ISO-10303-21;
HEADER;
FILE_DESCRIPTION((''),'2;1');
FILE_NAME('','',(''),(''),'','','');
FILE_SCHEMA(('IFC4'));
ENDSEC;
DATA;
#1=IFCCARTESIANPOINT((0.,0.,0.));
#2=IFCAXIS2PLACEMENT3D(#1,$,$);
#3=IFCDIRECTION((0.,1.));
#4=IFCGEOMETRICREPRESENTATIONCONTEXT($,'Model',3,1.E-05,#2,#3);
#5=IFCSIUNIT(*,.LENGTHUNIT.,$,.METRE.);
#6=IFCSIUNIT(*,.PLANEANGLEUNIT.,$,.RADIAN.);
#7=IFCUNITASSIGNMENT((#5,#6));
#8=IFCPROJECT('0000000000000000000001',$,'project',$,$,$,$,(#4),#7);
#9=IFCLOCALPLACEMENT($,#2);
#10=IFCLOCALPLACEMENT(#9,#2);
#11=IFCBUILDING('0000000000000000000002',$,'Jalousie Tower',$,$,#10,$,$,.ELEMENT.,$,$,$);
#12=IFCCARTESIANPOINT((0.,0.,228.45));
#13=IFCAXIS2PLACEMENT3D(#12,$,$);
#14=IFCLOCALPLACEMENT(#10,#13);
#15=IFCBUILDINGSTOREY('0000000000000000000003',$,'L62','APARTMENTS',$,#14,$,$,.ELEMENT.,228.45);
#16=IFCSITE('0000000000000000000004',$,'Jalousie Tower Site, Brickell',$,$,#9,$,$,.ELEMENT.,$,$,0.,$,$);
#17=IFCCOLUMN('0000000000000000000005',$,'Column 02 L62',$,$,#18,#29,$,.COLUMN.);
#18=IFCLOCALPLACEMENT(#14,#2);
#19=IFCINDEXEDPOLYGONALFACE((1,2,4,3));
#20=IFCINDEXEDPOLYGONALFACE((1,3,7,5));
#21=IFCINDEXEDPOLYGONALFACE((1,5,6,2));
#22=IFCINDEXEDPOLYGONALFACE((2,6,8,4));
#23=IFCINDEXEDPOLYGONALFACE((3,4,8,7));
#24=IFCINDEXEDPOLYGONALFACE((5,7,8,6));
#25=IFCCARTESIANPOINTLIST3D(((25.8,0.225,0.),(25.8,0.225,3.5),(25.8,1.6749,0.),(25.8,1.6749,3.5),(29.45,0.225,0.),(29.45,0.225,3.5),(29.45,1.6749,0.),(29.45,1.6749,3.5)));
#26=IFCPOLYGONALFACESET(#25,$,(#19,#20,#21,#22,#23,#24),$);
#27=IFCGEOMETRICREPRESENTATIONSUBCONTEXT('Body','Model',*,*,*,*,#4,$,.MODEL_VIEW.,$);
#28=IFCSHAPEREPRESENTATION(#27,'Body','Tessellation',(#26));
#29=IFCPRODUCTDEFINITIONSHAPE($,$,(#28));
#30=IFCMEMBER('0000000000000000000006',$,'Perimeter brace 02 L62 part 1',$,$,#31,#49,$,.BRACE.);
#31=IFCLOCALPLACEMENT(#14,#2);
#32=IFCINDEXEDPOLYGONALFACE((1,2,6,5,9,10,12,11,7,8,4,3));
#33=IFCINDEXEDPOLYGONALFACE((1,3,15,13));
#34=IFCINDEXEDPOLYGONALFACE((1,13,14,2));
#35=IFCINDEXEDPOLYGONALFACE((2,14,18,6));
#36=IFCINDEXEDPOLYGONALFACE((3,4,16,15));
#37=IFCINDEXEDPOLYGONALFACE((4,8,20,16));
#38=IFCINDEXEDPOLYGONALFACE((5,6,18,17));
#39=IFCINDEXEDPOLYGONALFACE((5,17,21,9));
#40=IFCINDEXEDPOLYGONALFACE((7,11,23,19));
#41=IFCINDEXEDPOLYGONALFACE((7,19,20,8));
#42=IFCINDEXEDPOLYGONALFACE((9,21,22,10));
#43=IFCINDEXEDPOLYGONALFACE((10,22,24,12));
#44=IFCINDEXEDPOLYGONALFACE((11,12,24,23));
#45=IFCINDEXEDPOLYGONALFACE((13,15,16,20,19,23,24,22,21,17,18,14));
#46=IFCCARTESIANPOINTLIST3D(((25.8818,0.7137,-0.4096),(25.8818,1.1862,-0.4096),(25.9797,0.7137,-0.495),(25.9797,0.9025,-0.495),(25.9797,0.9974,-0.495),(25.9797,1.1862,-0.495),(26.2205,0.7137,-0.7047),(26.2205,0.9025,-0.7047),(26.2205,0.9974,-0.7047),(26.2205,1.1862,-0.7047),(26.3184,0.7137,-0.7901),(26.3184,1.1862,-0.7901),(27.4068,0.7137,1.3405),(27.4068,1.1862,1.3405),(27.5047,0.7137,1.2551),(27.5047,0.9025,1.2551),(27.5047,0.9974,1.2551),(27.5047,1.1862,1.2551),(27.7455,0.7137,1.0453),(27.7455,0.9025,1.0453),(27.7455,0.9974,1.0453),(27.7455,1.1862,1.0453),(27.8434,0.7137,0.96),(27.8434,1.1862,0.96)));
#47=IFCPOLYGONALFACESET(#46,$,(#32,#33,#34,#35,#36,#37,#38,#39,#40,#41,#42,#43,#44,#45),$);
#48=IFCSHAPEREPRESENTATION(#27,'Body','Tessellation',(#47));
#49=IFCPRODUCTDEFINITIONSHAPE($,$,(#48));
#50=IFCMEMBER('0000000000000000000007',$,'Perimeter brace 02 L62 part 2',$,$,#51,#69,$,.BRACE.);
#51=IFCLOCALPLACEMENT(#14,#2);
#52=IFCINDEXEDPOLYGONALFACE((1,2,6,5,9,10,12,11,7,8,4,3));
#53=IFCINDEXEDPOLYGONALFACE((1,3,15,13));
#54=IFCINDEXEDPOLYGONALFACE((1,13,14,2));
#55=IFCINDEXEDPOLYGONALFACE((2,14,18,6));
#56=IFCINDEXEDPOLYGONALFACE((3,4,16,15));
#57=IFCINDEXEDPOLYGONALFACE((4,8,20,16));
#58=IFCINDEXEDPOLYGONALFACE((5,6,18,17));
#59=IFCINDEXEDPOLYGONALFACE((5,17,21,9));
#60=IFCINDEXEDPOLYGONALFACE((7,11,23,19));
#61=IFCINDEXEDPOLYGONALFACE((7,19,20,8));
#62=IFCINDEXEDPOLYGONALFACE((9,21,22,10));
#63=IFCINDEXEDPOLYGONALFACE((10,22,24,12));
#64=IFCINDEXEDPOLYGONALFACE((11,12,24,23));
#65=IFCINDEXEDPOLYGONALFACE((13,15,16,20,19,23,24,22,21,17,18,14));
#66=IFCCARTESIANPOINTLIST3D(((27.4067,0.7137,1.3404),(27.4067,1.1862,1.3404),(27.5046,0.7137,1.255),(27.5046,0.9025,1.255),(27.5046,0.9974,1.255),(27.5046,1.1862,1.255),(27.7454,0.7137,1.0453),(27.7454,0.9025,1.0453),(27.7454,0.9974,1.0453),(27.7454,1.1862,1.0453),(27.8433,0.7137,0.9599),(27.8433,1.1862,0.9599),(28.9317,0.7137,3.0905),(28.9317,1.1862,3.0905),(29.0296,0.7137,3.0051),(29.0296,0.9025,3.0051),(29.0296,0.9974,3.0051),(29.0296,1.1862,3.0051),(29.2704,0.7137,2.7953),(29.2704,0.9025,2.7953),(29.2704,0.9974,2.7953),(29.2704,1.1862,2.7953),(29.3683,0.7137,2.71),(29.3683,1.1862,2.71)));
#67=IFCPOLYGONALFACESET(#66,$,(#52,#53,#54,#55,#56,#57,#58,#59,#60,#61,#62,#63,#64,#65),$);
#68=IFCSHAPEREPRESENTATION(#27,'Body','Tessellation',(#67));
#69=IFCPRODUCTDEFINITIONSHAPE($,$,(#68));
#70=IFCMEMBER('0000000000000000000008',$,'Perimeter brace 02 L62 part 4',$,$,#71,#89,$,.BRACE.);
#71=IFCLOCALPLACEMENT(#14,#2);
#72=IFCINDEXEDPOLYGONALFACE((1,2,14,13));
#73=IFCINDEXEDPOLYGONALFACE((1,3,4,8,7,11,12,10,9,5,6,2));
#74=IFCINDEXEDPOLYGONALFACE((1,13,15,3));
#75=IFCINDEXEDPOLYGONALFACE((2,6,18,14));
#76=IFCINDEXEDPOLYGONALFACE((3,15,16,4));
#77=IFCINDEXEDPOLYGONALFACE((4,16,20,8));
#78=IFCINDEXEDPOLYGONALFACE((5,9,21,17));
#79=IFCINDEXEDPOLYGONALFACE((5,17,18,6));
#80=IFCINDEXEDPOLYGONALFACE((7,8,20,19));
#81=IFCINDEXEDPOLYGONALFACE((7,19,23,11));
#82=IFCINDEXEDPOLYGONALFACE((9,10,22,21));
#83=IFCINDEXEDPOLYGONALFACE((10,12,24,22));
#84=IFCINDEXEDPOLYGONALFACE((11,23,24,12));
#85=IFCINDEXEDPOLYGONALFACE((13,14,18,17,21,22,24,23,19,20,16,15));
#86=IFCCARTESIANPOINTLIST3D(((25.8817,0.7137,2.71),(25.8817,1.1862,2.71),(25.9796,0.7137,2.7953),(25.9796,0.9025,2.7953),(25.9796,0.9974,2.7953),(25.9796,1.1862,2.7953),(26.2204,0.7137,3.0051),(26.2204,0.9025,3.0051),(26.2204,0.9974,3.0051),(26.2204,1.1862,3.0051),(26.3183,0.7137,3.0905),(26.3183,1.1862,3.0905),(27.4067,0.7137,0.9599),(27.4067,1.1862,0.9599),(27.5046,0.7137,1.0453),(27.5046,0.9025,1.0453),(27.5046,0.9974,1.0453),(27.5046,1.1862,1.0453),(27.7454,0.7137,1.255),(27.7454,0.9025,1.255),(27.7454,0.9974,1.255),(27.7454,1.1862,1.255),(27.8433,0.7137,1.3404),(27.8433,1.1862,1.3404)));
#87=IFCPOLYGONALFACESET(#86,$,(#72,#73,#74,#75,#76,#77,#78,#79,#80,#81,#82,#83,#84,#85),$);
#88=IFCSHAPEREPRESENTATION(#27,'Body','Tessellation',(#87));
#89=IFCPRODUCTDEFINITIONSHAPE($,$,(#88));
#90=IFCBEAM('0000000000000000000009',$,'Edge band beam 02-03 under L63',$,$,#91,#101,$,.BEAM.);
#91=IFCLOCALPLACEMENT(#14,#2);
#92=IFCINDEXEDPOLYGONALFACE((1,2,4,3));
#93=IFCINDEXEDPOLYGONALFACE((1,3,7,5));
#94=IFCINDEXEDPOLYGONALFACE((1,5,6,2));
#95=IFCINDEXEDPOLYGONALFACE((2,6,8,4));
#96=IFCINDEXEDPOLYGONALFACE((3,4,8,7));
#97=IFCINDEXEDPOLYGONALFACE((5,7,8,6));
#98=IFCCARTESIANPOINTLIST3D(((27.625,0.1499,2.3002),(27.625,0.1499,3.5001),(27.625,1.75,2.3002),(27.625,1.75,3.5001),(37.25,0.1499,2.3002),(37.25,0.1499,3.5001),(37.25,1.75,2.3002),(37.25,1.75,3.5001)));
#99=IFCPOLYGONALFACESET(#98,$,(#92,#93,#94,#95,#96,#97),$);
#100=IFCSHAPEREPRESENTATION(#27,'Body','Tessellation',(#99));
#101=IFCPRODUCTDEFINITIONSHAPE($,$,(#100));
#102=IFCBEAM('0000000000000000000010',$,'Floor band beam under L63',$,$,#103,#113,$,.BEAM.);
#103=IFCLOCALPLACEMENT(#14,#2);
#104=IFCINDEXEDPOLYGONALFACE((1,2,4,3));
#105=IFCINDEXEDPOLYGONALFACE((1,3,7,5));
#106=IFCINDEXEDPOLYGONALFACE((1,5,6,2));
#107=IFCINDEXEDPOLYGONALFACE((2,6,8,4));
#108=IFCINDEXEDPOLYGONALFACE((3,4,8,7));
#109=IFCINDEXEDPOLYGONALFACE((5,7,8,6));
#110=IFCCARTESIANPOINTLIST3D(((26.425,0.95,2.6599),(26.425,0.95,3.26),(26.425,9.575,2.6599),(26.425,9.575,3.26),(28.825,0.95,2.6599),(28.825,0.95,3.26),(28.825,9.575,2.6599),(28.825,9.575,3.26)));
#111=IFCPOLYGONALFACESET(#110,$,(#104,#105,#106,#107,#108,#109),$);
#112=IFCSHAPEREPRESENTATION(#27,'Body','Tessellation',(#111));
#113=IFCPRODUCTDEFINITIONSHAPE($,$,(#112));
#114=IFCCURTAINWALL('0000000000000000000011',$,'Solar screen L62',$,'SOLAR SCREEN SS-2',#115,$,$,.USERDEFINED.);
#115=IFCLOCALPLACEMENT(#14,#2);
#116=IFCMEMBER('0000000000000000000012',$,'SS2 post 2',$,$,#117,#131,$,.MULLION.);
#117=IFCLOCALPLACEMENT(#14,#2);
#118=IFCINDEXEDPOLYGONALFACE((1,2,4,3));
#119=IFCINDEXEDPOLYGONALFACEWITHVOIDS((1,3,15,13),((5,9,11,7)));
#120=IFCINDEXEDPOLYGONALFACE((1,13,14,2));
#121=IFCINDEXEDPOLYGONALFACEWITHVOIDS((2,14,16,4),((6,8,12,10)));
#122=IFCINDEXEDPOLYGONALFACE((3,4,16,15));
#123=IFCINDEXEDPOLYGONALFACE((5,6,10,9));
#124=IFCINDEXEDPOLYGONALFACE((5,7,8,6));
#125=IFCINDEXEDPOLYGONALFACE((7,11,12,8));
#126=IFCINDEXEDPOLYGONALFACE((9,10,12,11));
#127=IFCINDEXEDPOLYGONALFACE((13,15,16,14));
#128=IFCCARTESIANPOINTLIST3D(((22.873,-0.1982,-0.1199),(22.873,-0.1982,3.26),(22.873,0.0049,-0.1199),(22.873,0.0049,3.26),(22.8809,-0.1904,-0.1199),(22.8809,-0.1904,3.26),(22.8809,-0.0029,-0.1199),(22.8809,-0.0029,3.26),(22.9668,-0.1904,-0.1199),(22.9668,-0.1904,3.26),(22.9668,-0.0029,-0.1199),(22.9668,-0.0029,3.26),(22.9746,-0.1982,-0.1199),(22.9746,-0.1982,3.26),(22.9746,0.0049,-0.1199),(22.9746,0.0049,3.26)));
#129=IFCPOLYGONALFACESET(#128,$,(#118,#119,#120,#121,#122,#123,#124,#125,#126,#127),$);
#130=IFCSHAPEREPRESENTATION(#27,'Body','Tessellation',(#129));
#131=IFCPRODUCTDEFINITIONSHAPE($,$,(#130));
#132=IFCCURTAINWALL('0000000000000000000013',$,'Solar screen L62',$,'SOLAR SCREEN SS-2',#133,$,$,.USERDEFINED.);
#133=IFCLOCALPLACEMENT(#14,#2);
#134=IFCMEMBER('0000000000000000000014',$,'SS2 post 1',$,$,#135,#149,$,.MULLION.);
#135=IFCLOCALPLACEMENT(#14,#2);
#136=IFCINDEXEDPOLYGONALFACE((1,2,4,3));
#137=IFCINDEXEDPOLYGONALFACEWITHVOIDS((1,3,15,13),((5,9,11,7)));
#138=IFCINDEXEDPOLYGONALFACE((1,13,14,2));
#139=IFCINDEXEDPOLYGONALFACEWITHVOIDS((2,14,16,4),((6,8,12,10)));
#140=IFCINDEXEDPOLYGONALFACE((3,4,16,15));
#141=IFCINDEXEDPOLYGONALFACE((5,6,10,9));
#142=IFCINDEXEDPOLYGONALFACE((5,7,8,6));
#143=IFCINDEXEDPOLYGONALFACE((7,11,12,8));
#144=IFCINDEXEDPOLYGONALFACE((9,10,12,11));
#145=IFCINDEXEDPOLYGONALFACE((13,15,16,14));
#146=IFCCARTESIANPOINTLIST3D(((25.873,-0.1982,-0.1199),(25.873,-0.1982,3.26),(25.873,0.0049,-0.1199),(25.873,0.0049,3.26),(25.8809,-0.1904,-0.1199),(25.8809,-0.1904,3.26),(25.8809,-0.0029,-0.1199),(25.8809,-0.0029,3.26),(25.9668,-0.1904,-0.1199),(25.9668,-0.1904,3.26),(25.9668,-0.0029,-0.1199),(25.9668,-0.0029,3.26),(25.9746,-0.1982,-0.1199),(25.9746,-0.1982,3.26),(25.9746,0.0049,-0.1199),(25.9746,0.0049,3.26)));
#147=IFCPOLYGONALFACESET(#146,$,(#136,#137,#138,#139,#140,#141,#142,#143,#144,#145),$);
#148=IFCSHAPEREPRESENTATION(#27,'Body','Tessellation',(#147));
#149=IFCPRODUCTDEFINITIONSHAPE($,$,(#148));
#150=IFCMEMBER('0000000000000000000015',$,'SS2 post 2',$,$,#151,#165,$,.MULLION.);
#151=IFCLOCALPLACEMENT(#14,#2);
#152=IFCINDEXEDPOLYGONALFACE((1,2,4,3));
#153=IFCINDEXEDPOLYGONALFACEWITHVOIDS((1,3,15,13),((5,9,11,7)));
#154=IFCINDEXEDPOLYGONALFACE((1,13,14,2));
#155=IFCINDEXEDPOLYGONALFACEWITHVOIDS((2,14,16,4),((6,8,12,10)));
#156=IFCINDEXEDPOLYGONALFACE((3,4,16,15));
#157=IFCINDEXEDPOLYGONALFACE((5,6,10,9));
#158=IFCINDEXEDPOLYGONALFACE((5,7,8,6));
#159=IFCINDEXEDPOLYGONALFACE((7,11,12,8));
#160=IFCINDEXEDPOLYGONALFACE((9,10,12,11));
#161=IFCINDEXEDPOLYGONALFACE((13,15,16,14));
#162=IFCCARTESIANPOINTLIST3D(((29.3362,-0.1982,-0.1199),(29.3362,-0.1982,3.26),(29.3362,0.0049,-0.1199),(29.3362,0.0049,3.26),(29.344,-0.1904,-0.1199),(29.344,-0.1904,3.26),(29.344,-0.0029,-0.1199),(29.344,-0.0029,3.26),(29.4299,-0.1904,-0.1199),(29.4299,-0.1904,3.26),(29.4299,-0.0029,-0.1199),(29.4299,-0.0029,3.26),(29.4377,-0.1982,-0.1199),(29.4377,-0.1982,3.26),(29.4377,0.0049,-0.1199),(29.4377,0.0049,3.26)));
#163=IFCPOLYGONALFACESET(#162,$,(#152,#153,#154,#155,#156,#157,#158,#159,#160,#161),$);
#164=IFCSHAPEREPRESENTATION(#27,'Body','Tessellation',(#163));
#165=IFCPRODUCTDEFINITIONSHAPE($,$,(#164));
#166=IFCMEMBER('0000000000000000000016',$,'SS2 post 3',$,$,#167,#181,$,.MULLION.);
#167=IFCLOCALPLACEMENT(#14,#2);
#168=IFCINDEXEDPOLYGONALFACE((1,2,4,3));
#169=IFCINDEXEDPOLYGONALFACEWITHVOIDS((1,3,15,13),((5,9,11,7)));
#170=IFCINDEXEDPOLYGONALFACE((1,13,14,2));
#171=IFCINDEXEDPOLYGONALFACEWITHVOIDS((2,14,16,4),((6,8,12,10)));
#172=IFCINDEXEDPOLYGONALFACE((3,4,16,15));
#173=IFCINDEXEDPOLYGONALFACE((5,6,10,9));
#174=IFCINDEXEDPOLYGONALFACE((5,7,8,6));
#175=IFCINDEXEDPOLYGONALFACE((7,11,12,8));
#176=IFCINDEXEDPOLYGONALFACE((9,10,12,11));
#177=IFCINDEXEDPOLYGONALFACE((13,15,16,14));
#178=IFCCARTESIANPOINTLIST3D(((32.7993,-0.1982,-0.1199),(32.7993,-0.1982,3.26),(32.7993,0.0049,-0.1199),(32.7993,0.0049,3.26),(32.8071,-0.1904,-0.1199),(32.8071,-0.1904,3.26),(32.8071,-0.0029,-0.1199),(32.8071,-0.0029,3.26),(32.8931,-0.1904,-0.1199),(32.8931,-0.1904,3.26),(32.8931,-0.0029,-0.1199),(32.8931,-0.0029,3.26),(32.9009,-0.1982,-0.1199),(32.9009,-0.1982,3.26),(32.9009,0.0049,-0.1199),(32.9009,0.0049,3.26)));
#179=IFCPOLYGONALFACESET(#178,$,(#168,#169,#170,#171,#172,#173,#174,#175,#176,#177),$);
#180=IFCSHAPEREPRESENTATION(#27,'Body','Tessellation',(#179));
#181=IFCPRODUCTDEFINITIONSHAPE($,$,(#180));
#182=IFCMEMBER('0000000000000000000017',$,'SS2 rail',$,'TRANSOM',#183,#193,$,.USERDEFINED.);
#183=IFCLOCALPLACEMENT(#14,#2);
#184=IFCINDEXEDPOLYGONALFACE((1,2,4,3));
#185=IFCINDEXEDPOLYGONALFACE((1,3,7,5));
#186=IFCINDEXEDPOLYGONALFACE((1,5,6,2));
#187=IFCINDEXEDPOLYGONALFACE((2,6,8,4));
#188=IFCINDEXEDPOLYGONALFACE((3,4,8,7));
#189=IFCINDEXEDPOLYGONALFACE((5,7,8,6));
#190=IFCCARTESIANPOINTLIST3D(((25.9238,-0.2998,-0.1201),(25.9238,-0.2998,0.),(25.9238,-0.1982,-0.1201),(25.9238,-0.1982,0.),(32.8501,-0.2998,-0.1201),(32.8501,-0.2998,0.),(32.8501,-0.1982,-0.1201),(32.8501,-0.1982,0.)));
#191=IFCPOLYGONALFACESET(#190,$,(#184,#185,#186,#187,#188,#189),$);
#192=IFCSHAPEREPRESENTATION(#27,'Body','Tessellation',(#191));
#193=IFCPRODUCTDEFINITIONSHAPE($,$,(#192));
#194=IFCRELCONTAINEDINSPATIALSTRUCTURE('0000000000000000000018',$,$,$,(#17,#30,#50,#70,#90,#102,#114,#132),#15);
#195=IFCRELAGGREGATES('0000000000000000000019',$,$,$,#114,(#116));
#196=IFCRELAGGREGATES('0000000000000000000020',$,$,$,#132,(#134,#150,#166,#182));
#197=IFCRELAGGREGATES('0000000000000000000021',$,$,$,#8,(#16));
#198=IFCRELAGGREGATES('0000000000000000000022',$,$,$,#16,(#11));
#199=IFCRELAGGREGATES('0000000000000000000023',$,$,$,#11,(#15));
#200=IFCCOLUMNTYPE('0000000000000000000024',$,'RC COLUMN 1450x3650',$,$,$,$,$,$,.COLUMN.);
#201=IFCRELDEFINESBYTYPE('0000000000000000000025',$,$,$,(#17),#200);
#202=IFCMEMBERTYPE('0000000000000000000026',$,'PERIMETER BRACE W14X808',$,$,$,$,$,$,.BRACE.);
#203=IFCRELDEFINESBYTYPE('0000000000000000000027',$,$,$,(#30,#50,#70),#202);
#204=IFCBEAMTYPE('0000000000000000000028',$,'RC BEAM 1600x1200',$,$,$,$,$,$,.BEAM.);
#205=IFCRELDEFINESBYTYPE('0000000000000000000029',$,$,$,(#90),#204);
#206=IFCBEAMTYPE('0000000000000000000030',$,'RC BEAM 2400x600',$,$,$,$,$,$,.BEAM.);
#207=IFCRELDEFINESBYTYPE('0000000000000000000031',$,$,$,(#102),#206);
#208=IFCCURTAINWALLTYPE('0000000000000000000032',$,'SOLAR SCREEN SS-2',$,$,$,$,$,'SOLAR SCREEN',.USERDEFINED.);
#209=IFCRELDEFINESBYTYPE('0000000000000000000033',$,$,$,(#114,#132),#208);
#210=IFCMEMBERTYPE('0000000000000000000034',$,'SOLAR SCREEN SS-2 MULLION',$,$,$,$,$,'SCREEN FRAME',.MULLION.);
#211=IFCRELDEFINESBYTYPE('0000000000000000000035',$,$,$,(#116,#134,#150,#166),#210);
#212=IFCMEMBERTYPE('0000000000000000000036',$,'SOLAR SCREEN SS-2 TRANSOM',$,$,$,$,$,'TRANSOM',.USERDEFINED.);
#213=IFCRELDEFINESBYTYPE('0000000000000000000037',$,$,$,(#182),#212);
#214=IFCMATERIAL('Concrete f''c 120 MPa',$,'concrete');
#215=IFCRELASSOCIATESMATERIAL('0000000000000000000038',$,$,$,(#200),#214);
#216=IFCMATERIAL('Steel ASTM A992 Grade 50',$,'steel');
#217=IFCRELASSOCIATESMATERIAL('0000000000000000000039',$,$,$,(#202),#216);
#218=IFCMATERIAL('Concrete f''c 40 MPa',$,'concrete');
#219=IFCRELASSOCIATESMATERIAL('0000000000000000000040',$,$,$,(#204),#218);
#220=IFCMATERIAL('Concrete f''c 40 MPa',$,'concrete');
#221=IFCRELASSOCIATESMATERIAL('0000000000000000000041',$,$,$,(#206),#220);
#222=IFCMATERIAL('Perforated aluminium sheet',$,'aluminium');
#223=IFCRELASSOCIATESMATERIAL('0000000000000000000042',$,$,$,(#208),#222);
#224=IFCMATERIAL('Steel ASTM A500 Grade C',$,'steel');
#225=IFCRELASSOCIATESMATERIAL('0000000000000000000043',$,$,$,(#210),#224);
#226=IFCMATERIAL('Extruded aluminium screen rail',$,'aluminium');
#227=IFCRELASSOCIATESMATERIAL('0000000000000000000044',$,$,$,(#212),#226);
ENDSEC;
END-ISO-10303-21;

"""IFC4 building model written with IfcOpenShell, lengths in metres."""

from ifc_helpers import new_model, si_unit, direction, frame, origin, origin_2d, place, context, subcontext, project, spatial, rectangle, hollow_rectangle, i_section, extrude, material, material_profile, profile_set, type_object, element, aggregate, save


model = new_model("IFC4")

# Units and contexts
model_context = context("Model", 3, precision=1e-05, world=origin(), true_north=direction((0.0, 1.0)))
body_context = subcontext(model_context, "Body", "Model", "MODEL_VIEW")
ifc_project = project(units=[si_unit("LENGTHUNIT", "METRE"), si_unit("PLANEANGLEUNIT", "RADIAN")], contexts=[model_context])

# Site, building, storey
site_placement = place(None, origin())
site = spatial("IfcSite", under=ifc_project, at=site_placement, Name="Jalousie Tower Site, Brickell", CompositionType="ELEMENT", RefElevation=0.0)
building_placement = place(site_placement, origin())
building = spatial("IfcBuilding", under=site, at=building_placement, Name="Jalousie Tower", CompositionType="ELEMENT")
storey_placement = place(building_placement, frame((0.0, 0.0, 228.45)))
storey = spatial("IfcBuildingStorey", under=building, at=storey_placement, Name="L62", Description="APARTMENTS", CompositionType="ELEMENT", Elevation=228.45)

# Column
ifc_material_1 = material(Name="Concrete f'c 120 MPa", Category="concrete")
ifc_material_profile_1 = material_profile(ifc_material_1, rectangle(XDim=1.45, YDim=3.6499, at=origin_2d()), Name="RC 1450x3650")
ifc_profile_set_1 = profile_set([ifc_material_profile_1], Name="Concrete f'c 120 MPa")
column_type = type_object("IfcColumnType", Name="RC COLUMN 1450x3650", PredefinedType="COLUMN", material=ifc_profile_set_1)
column_placement = place(storey_placement, frame((27.625, 0.95, 0.0), z_axis=(0.0, 0.0, 1.0), x_axis=(0.0, 1.0, 0.0)))
element("IfcColumn", 1, at=column_placement, inside=storey, type_object=column_type, Name="Column 02 L62", PredefinedType="COLUMN", context=body_context, shape_type="SweptSolid", body=[
    extrude(rectangle(XDim=1.45, YDim=3.6499, at=origin_2d()), origin(), (0.0, 0.0, 1.0), 3.5),
])

# Members
ifc_material_2 = material(Name="Steel ASTM A992 Grade 50", Category="steel")
ifc_material_profile_2 = material_profile(ifc_material_2, i_section(OverallWidth=0.4724, OverallDepth=0.5791, WebThickness=0.095, FlangeThickness=0.1299, at=origin_2d()), Name="W14X808")
ifc_profile_set_2 = profile_set([ifc_material_profile_2], Name="Steel ASTM A992 Grade 50")
member_type_1 = type_object("IfcMemberType", Name="PERIMETER BRACE W14X808", PredefinedType="BRACE", material=ifc_profile_set_2)
for number, where, z_axis, x_axis, name in (
    (2, (26.1001, 0.95, -0.5999), (0.656954, 0.0, 0.75393), (0.0, 1.0, 0.0), "Perimeter brace 02 L62 part 1"),
    (3, (27.625, 0.95, 1.1501), (0.656954, 0.0, 0.75393), (0.0, 1.0, 0.0), "Perimeter brace 02 L62 part 2"),
    (4, (27.625, 0.95, 1.1501), (-0.656954, 0.0, 0.75393), (0.0, -1.0, 0.0), "Perimeter brace 02 L62 part 4"),
):
    element("IfcMember", number, at=place(storey_placement, frame(where, z_axis=z_axis, x_axis=x_axis)), inside=storey, type_object=member_type_1, Name=name, PredefinedType="BRACE", context=body_context, shape_type="SweptSolid", body=[
        extrude(i_section(OverallWidth=0.4724, OverallDepth=0.5791, WebThickness=0.095, FlangeThickness=0.1299, at=origin_2d()), origin(), (0.0, 0.0, 1.0), 2.3213),
    ])

# Beams
ifc_material_3 = material(Name="Concrete f'c 40 MPa", Category="concrete")
ifc_material_profile_3 = material_profile(ifc_material_3, rectangle(XDim=1.6001, YDim=1.2, at=origin_2d()), Name="RC 1600x1200")
ifc_profile_set_3 = profile_set([ifc_material_profile_3], Name="Concrete f'c 40 MPa")
beam_type_1 = type_object("IfcBeamType", Name="RC BEAM 1600x1200", PredefinedType="BEAM", material=ifc_profile_set_3)
beam_1_placement = place(storey_placement, frame((27.625, 0.95, 2.9001), z_axis=(1.0, 0.0, 0.0), x_axis=(0.0, 1.0, 0.0)))
element("IfcBeam", 5, at=beam_1_placement, inside=storey, type_object=beam_type_1, Name="Edge band beam 02-03 under L63", PredefinedType="BEAM", context=body_context, shape_type="SweptSolid", body=[
    extrude(rectangle(XDim=1.6001, YDim=1.2, at=origin_2d()), origin(), (0.0, 0.0, 1.0), 9.625),
])
ifc_material_4 = material(Name="Concrete f'c 40 MPa", Category="concrete")
ifc_material_profile_4 = material_profile(ifc_material_4, rectangle(XDim=2.3999, YDim=0.6001, at=origin_2d()), Name="RC 2400x600")
ifc_profile_set_4 = profile_set([ifc_material_profile_4], Name="Concrete f'c 40 MPa")
beam_type_2 = type_object("IfcBeamType", Name="RC BEAM 2400x600", PredefinedType="BEAM", material=ifc_profile_set_4)
beam_2_placement = place(storey_placement, frame((27.625, 0.95, 2.96), z_axis=(0.0, 1.0, 0.0), x_axis=(-1.0, 0.0, 0.0)))
element("IfcBeam", 6, at=beam_2_placement, inside=storey, type_object=beam_type_2, Name="Floor band beam under L63", PredefinedType="BEAM", context=body_context, shape_type="SweptSolid", body=[
    extrude(rectangle(XDim=2.3999, YDim=0.6001, at=origin_2d()), origin(), (0.0, 0.0, 1.0), 8.625),
])

# Curtain wall, member
ifc_material_5 = material(Name="Perforated aluminium sheet", Category="aluminium")
curtain_wall_type = type_object("IfcCurtainWallType", Name="SOLAR SCREEN SS-2", ElementType="SOLAR SCREEN", PredefinedType="USERDEFINED", material=ifc_material_5)
curtain_wall_1_placement = place(storey_placement, origin())
curtain_wall_1 = element("IfcCurtainWall", 7, at=curtain_wall_1_placement, inside=storey, type_object=curtain_wall_type, Name="Solar screen L62", ObjectType="SOLAR SCREEN SS-2", PredefinedType="USERDEFINED")
ifc_material_6 = material(Name="Steel ASTM A500 Grade C", Category="steel")
ifc_material_profile_5 = material_profile(ifc_material_6, hollow_rectangle(XDim=0.1016, YDim=0.2031, WallThickness=0.0078, at=origin_2d()), Name="HSS8X4X5/16")
ifc_profile_set_5 = profile_set([ifc_material_profile_5], Name="Steel ASTM A500 Grade C")
member_type_2 = type_object("IfcMemberType", Name="SOLAR SCREEN SS-2 MULLION", ElementType="SCREEN FRAME", PredefinedType="MULLION", material=ifc_profile_set_5)
member_1_placement = place(storey_placement, frame((22.9238, -0.0967, -0.1199), z_axis=(0.0, 0.0, 1.0), x_axis=(1.0, 0.0, 0.0)))
member_1 = element("IfcMember", 8, at=member_1_placement, type_object=member_type_2, Name="SS2 post 2", PredefinedType="MULLION", context=body_context, shape_type="SweptSolid", body=[
    extrude(hollow_rectangle(XDim=0.1016, YDim=0.2031, WallThickness=0.0078, at=origin_2d()), origin(), (0.0, 0.0, 1.0), 3.3799),
])
aggregate(curtain_wall_1, [member_1])

# Curtain wall, members
curtain_wall_2_placement = place(storey_placement, origin())
curtain_wall_2 = element("IfcCurtainWall", 9, at=curtain_wall_2_placement, inside=storey, type_object=curtain_wall_type, Name="Solar screen L62", ObjectType="SOLAR SCREEN SS-2", PredefinedType="USERDEFINED")
member_2_placement = place(storey_placement, frame((25.9238, -0.0967, -0.1199), z_axis=(0.0, 0.0, 1.0), x_axis=(1.0, 0.0, 0.0)))
member_2 = element("IfcMember", 10, at=member_2_placement, type_object=member_type_2, Name="SS2 post 1", PredefinedType="MULLION", context=body_context, shape_type="SweptSolid", body=[
    extrude(hollow_rectangle(XDim=0.1016, YDim=0.2031, WallThickness=0.0078, at=origin_2d()), origin(), (0.0, 0.0, 1.0), 3.3799),
])
member_3_placement = place(storey_placement, frame((29.387, -0.0967, -0.1199), z_axis=(0.0, 0.0, 1.0), x_axis=(1.0, 0.0, 0.0)))
member_3 = element("IfcMember", 11, at=member_3_placement, type_object=member_type_2, Name="SS2 post 2", PredefinedType="MULLION", context=body_context, shape_type="SweptSolid", body=[
    extrude(hollow_rectangle(XDim=0.1016, YDim=0.2031, WallThickness=0.0078, at=origin_2d()), origin(), (0.0, 0.0, 1.0), 3.3799),
])
member_4_placement = place(storey_placement, frame((32.8501, -0.0967, -0.1199), z_axis=(0.0, 0.0, 1.0), x_axis=(1.0, 0.0, 0.0)))
member_4 = element("IfcMember", 12, at=member_4_placement, type_object=member_type_2, Name="SS2 post 3", PredefinedType="MULLION", context=body_context, shape_type="SweptSolid", body=[
    extrude(hollow_rectangle(XDim=0.1016, YDim=0.2031, WallThickness=0.0078, at=origin_2d()), origin(), (0.0, 0.0, 1.0), 3.3799),
])
ifc_material_7 = material(Name="Extruded aluminium screen rail", Category="aluminium")
ifc_material_profile_6 = material_profile(ifc_material_7, rectangle(XDim=0.1016, YDim=0.1201, at=origin_2d()), Name="RAIL 102x120")
ifc_profile_set_6 = profile_set([ifc_material_profile_6], Name="Extruded aluminium screen rail")
member_type_3 = type_object("IfcMemberType", Name="SOLAR SCREEN SS-2 TRANSOM", ElementType="TRANSOM", PredefinedType="USERDEFINED", material=ifc_profile_set_6)
member_5_placement = place(storey_placement, frame((25.9238, -0.249, -0.0601), z_axis=(1.0, 0.0, 0.0), x_axis=(0.0, 1.0, 0.0)))
member_5 = element("IfcMember", 13, at=member_5_placement, type_object=member_type_3, Name="SS2 rail", ObjectType="TRANSOM", PredefinedType="USERDEFINED", context=body_context, shape_type="SweptSolid", body=[
    extrude(rectangle(XDim=0.1016, YDim=0.1201, at=origin_2d()), origin(), (0.0, 0.0, 1.0), 6.9263),
])
aggregate(curtain_wall_2, [member_2, member_3, member_4, member_5])

save(model, "model.ifc")
